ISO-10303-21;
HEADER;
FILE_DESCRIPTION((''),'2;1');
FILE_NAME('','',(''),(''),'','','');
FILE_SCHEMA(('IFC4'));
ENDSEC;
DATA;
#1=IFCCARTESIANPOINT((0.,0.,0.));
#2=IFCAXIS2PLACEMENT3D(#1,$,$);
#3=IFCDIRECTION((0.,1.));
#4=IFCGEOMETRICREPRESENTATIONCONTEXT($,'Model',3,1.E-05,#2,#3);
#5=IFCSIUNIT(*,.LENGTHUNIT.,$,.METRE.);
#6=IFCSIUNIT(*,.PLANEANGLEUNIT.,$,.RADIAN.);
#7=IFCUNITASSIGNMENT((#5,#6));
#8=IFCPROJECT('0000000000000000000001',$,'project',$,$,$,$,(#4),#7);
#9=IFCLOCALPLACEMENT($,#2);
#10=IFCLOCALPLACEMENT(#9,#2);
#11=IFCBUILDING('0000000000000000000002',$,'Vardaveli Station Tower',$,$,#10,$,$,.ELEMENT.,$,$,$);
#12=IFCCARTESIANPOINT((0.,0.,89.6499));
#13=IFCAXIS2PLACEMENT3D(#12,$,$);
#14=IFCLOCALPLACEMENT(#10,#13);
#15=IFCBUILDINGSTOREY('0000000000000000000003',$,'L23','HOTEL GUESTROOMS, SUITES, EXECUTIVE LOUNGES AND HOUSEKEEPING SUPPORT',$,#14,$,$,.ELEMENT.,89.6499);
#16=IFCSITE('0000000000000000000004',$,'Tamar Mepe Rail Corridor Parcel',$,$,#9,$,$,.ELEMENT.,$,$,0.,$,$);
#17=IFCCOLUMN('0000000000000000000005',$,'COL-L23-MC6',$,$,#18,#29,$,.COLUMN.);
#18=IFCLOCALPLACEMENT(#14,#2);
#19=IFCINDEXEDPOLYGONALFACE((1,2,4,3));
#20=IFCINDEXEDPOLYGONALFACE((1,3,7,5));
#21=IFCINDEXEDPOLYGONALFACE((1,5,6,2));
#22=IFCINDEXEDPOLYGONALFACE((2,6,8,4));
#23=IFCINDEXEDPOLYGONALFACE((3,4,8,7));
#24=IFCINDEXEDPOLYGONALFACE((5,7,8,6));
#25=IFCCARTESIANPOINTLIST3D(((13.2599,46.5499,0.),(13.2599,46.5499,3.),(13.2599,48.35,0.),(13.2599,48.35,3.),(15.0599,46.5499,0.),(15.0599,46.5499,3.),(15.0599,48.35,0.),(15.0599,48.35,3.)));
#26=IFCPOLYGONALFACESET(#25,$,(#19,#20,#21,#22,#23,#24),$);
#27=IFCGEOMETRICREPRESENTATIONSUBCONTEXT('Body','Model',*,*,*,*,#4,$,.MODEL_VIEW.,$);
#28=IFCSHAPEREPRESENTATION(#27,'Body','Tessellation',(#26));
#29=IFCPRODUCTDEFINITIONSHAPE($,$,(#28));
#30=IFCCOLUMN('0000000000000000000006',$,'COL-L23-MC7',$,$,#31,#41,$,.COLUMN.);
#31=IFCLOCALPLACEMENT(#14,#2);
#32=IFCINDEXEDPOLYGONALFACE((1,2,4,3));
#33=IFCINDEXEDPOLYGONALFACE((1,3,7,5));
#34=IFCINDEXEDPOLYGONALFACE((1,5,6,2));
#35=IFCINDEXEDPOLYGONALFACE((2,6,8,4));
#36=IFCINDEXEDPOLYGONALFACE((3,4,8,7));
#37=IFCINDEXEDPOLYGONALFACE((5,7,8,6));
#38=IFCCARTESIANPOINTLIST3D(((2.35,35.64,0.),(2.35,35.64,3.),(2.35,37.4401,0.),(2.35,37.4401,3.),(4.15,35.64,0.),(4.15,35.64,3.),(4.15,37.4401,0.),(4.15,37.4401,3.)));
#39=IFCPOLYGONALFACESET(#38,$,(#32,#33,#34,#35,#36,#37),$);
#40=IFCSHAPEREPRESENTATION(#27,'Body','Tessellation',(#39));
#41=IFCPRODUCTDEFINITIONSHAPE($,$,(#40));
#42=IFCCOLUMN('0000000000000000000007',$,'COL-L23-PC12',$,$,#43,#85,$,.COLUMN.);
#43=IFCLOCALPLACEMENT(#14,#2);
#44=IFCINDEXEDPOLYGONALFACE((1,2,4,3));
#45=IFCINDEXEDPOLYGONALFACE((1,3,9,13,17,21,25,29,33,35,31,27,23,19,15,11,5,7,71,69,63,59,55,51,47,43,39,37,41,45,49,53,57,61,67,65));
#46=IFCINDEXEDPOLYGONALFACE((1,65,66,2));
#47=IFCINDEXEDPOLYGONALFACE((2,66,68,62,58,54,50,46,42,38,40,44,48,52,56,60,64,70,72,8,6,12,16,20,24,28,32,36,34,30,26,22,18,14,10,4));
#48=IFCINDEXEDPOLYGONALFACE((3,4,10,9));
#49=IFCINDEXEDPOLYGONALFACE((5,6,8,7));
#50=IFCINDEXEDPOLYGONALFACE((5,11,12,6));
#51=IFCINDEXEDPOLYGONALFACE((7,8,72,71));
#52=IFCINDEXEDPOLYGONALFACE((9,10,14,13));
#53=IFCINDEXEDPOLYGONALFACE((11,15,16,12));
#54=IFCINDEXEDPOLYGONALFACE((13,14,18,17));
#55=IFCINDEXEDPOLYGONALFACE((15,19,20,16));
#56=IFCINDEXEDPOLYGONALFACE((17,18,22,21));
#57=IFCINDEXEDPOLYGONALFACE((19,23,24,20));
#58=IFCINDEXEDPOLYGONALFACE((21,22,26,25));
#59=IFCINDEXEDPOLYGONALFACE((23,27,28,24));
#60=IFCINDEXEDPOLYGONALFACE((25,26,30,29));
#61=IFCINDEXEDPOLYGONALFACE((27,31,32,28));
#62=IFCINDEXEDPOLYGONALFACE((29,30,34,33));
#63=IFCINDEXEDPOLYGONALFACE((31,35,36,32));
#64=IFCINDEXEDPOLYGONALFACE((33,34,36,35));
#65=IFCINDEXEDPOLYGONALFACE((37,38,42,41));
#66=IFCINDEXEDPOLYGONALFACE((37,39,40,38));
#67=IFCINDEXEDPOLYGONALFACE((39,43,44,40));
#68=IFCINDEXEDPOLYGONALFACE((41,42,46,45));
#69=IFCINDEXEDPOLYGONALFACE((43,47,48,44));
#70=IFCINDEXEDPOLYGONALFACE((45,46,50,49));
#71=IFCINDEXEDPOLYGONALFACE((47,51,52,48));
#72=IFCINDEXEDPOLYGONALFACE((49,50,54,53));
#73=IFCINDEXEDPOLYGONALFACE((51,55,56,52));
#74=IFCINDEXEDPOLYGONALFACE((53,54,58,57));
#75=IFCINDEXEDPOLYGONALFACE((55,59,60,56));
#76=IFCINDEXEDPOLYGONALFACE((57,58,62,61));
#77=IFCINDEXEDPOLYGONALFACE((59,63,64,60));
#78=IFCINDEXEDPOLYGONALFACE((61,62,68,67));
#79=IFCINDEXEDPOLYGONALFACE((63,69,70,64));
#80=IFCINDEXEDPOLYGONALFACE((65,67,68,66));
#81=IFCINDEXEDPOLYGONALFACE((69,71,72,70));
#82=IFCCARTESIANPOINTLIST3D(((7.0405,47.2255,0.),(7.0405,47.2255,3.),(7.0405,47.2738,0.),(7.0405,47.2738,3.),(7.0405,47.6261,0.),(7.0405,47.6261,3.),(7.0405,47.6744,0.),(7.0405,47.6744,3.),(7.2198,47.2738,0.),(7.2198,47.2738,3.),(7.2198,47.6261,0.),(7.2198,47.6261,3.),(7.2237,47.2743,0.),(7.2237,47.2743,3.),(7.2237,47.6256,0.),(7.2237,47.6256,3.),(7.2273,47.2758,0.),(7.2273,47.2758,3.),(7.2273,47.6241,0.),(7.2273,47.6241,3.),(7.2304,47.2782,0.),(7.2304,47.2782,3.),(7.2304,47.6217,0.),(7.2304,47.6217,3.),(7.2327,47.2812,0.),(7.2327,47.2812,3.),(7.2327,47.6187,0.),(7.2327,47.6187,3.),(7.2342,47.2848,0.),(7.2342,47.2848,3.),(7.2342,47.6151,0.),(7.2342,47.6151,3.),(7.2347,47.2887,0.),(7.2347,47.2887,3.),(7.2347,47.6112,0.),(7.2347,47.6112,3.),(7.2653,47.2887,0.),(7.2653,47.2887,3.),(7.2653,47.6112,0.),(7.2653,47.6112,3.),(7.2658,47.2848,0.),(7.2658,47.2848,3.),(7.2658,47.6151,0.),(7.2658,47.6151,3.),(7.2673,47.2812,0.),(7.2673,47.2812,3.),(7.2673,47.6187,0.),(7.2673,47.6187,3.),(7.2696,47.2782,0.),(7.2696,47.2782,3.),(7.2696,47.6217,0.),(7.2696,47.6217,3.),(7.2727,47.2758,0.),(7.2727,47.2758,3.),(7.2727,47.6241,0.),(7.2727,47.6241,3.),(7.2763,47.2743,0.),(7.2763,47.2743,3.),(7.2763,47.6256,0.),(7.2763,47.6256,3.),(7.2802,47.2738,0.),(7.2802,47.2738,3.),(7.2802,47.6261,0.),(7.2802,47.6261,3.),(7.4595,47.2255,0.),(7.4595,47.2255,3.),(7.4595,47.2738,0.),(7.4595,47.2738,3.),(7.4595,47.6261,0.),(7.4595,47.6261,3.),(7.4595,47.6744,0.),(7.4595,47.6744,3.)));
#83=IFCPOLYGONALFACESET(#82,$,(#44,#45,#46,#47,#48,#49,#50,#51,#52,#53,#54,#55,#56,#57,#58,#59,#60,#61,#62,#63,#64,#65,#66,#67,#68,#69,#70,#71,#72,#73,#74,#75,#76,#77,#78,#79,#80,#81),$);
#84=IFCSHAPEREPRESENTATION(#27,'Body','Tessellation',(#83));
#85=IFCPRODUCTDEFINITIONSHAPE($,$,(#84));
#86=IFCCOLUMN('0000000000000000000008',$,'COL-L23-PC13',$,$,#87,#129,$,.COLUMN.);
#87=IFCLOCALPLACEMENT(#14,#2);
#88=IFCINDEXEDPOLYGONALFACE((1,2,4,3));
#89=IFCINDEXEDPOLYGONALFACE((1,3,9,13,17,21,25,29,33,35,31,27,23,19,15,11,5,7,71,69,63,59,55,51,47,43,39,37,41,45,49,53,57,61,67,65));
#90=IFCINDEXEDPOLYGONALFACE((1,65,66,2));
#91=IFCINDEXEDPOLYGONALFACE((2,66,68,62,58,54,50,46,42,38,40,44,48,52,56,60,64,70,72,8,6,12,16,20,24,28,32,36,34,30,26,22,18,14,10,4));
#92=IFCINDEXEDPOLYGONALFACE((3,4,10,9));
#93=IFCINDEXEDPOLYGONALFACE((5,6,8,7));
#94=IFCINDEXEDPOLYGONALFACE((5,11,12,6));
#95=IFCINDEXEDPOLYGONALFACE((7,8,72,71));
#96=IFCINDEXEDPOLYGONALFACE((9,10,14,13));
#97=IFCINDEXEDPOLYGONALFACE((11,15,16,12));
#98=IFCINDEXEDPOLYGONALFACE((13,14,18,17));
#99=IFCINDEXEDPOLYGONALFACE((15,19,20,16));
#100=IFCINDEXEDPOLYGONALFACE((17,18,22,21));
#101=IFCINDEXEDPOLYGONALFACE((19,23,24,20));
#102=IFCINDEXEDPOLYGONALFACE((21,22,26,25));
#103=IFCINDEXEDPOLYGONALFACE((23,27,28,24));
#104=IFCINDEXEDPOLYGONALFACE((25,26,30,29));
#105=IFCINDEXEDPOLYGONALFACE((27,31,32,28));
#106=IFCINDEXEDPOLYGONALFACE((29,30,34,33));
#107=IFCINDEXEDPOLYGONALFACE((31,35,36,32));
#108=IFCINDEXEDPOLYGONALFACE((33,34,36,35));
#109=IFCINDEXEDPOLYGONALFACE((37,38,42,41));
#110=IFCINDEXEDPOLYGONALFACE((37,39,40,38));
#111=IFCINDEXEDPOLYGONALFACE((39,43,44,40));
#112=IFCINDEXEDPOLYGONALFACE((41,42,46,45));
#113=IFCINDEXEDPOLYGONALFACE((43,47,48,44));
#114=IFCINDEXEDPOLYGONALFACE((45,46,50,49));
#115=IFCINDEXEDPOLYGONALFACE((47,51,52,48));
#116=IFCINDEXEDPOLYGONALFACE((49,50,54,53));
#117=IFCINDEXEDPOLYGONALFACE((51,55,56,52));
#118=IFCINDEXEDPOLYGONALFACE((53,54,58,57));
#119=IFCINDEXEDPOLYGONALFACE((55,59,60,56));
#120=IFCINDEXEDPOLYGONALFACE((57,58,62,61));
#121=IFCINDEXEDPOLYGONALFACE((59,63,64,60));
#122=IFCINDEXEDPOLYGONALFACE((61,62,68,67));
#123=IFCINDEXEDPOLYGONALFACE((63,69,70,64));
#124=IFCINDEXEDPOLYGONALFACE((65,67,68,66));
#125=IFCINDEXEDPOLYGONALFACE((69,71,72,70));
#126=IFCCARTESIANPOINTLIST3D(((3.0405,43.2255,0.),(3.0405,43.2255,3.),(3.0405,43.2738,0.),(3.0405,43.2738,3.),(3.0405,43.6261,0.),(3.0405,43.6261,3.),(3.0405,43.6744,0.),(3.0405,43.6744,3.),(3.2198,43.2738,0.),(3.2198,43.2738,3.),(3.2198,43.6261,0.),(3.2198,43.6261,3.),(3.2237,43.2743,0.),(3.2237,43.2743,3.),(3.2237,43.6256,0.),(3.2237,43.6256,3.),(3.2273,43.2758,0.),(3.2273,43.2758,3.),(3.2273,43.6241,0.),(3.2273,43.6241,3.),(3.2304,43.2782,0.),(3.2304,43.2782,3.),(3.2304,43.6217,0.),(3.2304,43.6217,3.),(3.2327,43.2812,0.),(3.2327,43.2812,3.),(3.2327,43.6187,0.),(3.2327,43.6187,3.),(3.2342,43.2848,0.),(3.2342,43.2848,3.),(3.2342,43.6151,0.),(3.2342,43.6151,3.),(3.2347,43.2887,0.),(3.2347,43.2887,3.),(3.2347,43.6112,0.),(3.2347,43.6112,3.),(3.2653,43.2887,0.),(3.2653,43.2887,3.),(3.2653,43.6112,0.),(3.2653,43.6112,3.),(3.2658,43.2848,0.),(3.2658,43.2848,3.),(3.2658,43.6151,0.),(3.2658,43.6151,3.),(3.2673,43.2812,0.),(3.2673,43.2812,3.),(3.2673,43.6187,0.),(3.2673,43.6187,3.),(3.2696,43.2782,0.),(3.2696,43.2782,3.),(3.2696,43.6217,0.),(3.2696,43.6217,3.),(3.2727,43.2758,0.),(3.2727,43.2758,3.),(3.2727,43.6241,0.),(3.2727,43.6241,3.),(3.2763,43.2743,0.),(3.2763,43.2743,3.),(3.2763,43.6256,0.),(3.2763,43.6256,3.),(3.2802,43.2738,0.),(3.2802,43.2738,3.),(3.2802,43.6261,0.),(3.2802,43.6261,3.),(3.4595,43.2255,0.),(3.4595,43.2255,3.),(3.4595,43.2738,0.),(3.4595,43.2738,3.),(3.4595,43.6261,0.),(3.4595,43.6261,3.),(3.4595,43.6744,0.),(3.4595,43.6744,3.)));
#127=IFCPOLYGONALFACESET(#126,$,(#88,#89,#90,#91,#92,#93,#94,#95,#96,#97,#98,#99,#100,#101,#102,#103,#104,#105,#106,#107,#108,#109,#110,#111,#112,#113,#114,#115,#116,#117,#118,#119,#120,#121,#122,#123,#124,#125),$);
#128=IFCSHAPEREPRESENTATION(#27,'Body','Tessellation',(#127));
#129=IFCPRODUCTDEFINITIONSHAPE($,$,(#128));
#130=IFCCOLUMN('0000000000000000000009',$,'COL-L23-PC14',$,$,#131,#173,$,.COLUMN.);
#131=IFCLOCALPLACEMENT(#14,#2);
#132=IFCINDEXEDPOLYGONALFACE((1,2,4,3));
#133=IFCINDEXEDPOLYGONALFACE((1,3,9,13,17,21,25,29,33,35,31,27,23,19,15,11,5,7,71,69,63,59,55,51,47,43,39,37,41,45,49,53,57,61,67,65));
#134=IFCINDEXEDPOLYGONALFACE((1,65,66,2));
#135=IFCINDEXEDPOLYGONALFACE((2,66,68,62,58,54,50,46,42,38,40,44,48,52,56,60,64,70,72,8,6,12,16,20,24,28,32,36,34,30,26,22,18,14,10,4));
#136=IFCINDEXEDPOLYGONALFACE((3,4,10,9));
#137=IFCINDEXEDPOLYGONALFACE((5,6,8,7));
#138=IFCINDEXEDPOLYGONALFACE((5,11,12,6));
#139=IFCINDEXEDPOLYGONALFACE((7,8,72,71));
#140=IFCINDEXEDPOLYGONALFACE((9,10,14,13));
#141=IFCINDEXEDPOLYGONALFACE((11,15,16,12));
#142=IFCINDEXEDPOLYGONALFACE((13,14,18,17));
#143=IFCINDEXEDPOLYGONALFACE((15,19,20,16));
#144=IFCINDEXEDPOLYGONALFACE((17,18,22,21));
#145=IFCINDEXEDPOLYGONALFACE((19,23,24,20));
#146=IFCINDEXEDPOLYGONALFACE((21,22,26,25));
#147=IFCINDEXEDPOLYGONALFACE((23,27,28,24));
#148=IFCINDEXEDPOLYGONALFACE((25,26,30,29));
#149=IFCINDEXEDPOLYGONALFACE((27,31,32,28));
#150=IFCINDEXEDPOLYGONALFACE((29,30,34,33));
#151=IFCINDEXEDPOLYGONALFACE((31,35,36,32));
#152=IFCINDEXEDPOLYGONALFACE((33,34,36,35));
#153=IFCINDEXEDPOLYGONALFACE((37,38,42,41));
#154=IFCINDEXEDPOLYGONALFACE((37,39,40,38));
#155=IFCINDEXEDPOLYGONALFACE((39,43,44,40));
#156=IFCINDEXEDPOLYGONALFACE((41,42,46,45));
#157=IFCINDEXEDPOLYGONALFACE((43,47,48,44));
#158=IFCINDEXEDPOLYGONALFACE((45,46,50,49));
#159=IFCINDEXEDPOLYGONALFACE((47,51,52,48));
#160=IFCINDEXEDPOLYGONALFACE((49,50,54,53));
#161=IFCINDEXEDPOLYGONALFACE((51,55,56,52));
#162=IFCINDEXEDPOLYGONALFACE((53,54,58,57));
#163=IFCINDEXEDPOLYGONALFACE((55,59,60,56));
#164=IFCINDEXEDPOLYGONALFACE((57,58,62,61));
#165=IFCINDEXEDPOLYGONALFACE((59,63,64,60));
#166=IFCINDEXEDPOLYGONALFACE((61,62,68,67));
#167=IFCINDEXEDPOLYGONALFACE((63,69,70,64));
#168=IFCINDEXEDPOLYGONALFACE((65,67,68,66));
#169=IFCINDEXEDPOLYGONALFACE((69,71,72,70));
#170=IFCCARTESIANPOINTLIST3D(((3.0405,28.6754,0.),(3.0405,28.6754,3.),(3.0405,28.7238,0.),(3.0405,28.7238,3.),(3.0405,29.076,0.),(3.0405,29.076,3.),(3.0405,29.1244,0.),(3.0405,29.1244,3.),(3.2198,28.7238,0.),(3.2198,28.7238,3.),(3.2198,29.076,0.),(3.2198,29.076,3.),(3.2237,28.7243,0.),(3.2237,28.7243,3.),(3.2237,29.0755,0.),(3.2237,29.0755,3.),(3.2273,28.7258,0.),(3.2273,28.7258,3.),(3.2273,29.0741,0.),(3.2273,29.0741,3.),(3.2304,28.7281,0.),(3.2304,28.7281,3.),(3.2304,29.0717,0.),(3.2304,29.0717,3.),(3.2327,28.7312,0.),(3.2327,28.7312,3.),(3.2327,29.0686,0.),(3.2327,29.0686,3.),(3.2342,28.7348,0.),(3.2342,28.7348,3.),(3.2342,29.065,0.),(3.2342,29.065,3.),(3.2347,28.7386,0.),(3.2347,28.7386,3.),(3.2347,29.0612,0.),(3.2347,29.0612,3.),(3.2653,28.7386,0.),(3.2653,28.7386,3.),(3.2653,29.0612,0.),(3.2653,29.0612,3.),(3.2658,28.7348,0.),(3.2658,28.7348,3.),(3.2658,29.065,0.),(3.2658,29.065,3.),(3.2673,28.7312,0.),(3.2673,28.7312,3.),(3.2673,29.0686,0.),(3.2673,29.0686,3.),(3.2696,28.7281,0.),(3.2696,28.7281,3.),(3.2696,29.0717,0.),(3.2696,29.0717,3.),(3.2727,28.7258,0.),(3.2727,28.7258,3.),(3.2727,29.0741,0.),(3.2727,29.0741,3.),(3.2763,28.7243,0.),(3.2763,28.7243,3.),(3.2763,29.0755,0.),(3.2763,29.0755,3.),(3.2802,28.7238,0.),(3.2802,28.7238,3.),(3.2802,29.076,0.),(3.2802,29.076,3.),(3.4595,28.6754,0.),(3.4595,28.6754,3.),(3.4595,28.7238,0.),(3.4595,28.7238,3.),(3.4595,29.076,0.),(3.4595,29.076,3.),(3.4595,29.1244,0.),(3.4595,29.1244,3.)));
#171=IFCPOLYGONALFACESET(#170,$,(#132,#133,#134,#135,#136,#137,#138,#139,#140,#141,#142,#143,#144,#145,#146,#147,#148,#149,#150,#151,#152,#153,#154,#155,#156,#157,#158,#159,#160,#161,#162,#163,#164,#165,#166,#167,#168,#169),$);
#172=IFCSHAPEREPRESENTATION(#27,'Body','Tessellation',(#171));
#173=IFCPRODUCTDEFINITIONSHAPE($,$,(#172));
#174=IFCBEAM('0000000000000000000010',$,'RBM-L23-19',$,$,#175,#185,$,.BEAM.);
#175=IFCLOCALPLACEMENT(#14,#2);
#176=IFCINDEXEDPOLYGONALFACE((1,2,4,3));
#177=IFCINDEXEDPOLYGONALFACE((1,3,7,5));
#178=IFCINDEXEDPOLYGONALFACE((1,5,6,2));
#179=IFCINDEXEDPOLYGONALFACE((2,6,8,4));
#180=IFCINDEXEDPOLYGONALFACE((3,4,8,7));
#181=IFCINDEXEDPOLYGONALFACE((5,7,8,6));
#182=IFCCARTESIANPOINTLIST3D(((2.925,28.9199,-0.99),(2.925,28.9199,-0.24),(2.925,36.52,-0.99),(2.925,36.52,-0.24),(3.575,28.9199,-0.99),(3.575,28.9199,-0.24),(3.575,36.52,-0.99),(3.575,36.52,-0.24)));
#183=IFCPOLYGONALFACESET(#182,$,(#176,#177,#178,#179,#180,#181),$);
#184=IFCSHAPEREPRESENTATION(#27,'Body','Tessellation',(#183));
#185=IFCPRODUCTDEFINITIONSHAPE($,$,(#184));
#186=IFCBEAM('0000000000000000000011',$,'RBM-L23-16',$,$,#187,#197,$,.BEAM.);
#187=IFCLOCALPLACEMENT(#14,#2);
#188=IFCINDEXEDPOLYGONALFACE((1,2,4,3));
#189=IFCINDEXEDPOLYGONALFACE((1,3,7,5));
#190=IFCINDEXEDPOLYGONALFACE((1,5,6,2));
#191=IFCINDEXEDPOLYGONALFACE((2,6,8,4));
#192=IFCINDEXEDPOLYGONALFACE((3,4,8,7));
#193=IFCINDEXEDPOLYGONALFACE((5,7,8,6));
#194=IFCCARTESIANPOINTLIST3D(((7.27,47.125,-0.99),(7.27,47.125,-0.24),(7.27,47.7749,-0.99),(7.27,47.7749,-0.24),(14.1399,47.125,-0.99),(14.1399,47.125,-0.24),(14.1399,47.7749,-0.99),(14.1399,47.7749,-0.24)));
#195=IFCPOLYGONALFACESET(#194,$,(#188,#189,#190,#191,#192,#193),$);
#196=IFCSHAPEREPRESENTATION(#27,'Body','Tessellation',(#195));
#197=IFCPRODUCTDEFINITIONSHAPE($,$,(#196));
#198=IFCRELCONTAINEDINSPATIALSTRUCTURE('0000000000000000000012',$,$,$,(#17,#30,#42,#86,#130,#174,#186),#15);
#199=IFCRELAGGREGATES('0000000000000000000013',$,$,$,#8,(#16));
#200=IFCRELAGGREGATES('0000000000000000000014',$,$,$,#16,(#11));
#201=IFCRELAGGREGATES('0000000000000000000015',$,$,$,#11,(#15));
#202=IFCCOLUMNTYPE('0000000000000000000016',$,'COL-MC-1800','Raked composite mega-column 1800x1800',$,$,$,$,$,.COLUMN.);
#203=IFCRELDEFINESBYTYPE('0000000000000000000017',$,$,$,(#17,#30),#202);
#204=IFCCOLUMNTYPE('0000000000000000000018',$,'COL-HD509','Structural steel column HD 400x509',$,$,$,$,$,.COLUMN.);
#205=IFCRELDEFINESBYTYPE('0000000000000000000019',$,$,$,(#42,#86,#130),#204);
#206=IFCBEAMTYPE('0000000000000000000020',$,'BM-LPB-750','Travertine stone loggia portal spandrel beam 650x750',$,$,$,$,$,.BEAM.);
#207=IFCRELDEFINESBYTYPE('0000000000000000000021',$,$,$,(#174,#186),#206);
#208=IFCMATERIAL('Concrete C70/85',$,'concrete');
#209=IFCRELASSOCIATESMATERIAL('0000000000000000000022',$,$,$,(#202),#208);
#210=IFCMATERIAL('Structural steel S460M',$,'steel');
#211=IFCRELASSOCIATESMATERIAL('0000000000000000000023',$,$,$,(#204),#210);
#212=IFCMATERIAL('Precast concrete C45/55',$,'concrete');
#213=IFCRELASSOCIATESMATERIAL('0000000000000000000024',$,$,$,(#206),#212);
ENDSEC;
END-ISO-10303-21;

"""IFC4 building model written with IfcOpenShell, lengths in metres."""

from ifc_helpers import new_model, si_unit, direction, frame, origin, origin_2d, place, context, subcontext, project, spatial, rectangle, i_section, extrude, source, transform, mapped, material, material_profile, profile_set, type_object, element, save


model = new_model("IFC4")

# Units and contexts
model_context = context("Model", 3, precision=1e-05, world=origin(), true_north=direction((0.0, 1.0)))
body_context = subcontext(model_context, "Body", "Model", "MODEL_VIEW")
ifc_project = project(units=[si_unit("LENGTHUNIT", "METRE"), si_unit("PLANEANGLEUNIT", "RADIAN")], contexts=[model_context])

# Site, building, storey
site_placement = place(None, origin())
site = spatial("IfcSite", under=ifc_project, at=site_placement, Name="Tamar Mepe Rail Corridor Parcel", CompositionType="ELEMENT", RefElevation=0.0)
building_placement = place(site_placement, origin())
building = spatial("IfcBuilding", under=site, at=building_placement, Name="Vardaveli Station Tower", CompositionType="ELEMENT")
storey_placement = place(building_placement, frame((0.0, 0.0, 89.6499)))
storey = spatial("IfcBuildingStorey", under=building, at=storey_placement, Name="L23", Description="HOTEL GUESTROOMS, SUITES, EXECUTIVE LOUNGES AND HOUSEKEEPING SUPPORT", CompositionType="ELEMENT", Elevation=89.6499)

# Columns
ifc_material_1 = material(Name="Concrete C70/85", Category="concrete")
ifc_material_profile_1 = material_profile(ifc_material_1, rectangle(XDim=1.8, YDim=1.8, at=origin_2d()), Name="MC 1800x1800")
ifc_profile_set_1 = profile_set([ifc_material_profile_1], Name="Concrete C70/85")
column_type_1 = type_object("IfcColumnType", Name="COL-MC-1800", Description="Raked composite mega-column 1800x1800", PredefinedType="COLUMN", material=ifc_profile_set_1)
shared_shape_1 = source(origin(), body_context, "Body", "SweptSolid", [
    extrude(rectangle(XDim=1.8, YDim=1.8, at=origin_2d()), origin(), (0.0, 0.0, 1.0), 3.0),
])
for number, where, z_axis, x_axis, name in (
    (1, (14.1599, 47.45, 0.0), (0.0, 0.0, 1.0), (1.0, 0.0, 0.0), "COL-L23-MC6"),
    (2, (3.25, 36.54, 0.0), (0.0, 0.0, 1.0), (1.0, 0.0, 0.0), "COL-L23-MC7"),
):
    element("IfcColumn", number, at=place(storey_placement, frame(where, z_axis=z_axis, x_axis=x_axis)), inside=storey, type_object=column_type_1, Name=name, PredefinedType="COLUMN", context=body_context, shape_type="MappedRepresentation", body=[
        mapped(shared_shape_1, transform((0.0, 0.0, 0.0), scale=1.0)),
    ])
ifc_material_2 = material(Name="Structural steel S460M", Category="steel")
ifc_material_profile_2 = material_profile(ifc_material_2, i_section(OverallWidth=0.4189, OverallDepth=0.449, WebThickness=0.0305, FlangeThickness=0.0483, FilletRadius=0.0149, at=origin_2d()), Name="HD 400x509")
ifc_profile_set_2 = profile_set([ifc_material_profile_2], Name="Structural steel S460M")
column_type_2 = type_object("IfcColumnType", Name="COL-HD509", Description="Structural steel column HD 400x509", PredefinedType="COLUMN", material=ifc_profile_set_2)
shared_shape_2 = source(origin(), body_context, "Body", "SweptSolid", [
    extrude(i_section(OverallWidth=0.4189, OverallDepth=0.449, WebThickness=0.0305, FlangeThickness=0.0483, FilletRadius=0.0149, at=origin_2d()), origin(), (0.0, 0.0, 1.0), 3.0),
])
for number, where, z_axis, x_axis, name in (
    (3, (7.25, 47.45, 0.0), (0.0, 0.0, 1.0), (1.0, 0.0, 0.0), "COL-L23-PC12"),
    (4, (3.25, 43.45, 0.0), (0.0, 0.0, 1.0), (1.0, 0.0, 0.0), "COL-L23-PC13"),
    (5, (3.25, 28.8999, 0.0), (0.0, 0.0, 1.0), (1.0, 0.0, 0.0), "COL-L23-PC14"),
):
    element("IfcColumn", number, at=place(storey_placement, frame(where, z_axis=z_axis, x_axis=x_axis)), inside=storey, type_object=column_type_2, Name=name, PredefinedType="COLUMN", context=body_context, shape_type="MappedRepresentation", body=[
        mapped(shared_shape_2, transform((0.0, 0.0, 0.0), scale=1.0)),
    ])

# Beams
ifc_material_3 = material(Name="Precast concrete C45/55", Category="concrete")
ifc_material_profile_3 = material_profile(ifc_material_3, rectangle(XDim=0.6499, YDim=0.75, at=origin_2d()), Name="LPB 650x750")
ifc_profile_set_3 = profile_set([ifc_material_profile_3], Name="Precast concrete C45/55")
beam_type_1 = type_object("IfcBeamType", Name="BM-LPB-750", Description="Travertine stone loggia portal spandrel beam 650x750", PredefinedType="BEAM", material=ifc_profile_set_3)
shared_shape_3 = source(origin(), body_context, "Body", "SweptSolid", [
    extrude(rectangle(XDim=0.6499, YDim=0.75, at=origin_2d()), origin(), (0.0, 0.0, 1.0), 7.6001),
])
beam_1_placement = place(storey_placement, frame((3.25, 36.52, -0.615), z_axis=(0.0, -1.0, 0.0), x_axis=(1.0, 0.0, 0.0)))
element("IfcBeam", 6, at=beam_1_placement, inside=storey, type_object=beam_type_1, Name="RBM-L23-19", PredefinedType="BEAM", context=body_context, shape_type="MappedRepresentation", body=[
    mapped(shared_shape_3, transform((0.0, 0.0, 0.0), scale=1.0)),
])
shared_shape_4 = source(origin(), body_context, "Body", "SweptSolid", [
    extrude(rectangle(XDim=0.6499, YDim=0.75, at=origin_2d()), origin(), (0.0, 0.0, 1.0), 6.8699),
])
for number, where, z_axis, x_axis, name in (
    (7, (14.1399, 47.45, -0.615), (-1.0, 0.0, 0.0), (0.0, -1.0, 0.0), "RBM-L23-16"),
):
    element("IfcBeam", number, at=place(storey_placement, frame(where, z_axis=z_axis, x_axis=x_axis)), inside=storey, type_object=beam_type_1, Name=name, PredefinedType="BEAM", context=body_context, shape_type="MappedRepresentation", body=[
        mapped(shared_shape_4, transform((0.0, 0.0, 0.0), scale=1.0)),
    ])

save(model, "model.ifc")
